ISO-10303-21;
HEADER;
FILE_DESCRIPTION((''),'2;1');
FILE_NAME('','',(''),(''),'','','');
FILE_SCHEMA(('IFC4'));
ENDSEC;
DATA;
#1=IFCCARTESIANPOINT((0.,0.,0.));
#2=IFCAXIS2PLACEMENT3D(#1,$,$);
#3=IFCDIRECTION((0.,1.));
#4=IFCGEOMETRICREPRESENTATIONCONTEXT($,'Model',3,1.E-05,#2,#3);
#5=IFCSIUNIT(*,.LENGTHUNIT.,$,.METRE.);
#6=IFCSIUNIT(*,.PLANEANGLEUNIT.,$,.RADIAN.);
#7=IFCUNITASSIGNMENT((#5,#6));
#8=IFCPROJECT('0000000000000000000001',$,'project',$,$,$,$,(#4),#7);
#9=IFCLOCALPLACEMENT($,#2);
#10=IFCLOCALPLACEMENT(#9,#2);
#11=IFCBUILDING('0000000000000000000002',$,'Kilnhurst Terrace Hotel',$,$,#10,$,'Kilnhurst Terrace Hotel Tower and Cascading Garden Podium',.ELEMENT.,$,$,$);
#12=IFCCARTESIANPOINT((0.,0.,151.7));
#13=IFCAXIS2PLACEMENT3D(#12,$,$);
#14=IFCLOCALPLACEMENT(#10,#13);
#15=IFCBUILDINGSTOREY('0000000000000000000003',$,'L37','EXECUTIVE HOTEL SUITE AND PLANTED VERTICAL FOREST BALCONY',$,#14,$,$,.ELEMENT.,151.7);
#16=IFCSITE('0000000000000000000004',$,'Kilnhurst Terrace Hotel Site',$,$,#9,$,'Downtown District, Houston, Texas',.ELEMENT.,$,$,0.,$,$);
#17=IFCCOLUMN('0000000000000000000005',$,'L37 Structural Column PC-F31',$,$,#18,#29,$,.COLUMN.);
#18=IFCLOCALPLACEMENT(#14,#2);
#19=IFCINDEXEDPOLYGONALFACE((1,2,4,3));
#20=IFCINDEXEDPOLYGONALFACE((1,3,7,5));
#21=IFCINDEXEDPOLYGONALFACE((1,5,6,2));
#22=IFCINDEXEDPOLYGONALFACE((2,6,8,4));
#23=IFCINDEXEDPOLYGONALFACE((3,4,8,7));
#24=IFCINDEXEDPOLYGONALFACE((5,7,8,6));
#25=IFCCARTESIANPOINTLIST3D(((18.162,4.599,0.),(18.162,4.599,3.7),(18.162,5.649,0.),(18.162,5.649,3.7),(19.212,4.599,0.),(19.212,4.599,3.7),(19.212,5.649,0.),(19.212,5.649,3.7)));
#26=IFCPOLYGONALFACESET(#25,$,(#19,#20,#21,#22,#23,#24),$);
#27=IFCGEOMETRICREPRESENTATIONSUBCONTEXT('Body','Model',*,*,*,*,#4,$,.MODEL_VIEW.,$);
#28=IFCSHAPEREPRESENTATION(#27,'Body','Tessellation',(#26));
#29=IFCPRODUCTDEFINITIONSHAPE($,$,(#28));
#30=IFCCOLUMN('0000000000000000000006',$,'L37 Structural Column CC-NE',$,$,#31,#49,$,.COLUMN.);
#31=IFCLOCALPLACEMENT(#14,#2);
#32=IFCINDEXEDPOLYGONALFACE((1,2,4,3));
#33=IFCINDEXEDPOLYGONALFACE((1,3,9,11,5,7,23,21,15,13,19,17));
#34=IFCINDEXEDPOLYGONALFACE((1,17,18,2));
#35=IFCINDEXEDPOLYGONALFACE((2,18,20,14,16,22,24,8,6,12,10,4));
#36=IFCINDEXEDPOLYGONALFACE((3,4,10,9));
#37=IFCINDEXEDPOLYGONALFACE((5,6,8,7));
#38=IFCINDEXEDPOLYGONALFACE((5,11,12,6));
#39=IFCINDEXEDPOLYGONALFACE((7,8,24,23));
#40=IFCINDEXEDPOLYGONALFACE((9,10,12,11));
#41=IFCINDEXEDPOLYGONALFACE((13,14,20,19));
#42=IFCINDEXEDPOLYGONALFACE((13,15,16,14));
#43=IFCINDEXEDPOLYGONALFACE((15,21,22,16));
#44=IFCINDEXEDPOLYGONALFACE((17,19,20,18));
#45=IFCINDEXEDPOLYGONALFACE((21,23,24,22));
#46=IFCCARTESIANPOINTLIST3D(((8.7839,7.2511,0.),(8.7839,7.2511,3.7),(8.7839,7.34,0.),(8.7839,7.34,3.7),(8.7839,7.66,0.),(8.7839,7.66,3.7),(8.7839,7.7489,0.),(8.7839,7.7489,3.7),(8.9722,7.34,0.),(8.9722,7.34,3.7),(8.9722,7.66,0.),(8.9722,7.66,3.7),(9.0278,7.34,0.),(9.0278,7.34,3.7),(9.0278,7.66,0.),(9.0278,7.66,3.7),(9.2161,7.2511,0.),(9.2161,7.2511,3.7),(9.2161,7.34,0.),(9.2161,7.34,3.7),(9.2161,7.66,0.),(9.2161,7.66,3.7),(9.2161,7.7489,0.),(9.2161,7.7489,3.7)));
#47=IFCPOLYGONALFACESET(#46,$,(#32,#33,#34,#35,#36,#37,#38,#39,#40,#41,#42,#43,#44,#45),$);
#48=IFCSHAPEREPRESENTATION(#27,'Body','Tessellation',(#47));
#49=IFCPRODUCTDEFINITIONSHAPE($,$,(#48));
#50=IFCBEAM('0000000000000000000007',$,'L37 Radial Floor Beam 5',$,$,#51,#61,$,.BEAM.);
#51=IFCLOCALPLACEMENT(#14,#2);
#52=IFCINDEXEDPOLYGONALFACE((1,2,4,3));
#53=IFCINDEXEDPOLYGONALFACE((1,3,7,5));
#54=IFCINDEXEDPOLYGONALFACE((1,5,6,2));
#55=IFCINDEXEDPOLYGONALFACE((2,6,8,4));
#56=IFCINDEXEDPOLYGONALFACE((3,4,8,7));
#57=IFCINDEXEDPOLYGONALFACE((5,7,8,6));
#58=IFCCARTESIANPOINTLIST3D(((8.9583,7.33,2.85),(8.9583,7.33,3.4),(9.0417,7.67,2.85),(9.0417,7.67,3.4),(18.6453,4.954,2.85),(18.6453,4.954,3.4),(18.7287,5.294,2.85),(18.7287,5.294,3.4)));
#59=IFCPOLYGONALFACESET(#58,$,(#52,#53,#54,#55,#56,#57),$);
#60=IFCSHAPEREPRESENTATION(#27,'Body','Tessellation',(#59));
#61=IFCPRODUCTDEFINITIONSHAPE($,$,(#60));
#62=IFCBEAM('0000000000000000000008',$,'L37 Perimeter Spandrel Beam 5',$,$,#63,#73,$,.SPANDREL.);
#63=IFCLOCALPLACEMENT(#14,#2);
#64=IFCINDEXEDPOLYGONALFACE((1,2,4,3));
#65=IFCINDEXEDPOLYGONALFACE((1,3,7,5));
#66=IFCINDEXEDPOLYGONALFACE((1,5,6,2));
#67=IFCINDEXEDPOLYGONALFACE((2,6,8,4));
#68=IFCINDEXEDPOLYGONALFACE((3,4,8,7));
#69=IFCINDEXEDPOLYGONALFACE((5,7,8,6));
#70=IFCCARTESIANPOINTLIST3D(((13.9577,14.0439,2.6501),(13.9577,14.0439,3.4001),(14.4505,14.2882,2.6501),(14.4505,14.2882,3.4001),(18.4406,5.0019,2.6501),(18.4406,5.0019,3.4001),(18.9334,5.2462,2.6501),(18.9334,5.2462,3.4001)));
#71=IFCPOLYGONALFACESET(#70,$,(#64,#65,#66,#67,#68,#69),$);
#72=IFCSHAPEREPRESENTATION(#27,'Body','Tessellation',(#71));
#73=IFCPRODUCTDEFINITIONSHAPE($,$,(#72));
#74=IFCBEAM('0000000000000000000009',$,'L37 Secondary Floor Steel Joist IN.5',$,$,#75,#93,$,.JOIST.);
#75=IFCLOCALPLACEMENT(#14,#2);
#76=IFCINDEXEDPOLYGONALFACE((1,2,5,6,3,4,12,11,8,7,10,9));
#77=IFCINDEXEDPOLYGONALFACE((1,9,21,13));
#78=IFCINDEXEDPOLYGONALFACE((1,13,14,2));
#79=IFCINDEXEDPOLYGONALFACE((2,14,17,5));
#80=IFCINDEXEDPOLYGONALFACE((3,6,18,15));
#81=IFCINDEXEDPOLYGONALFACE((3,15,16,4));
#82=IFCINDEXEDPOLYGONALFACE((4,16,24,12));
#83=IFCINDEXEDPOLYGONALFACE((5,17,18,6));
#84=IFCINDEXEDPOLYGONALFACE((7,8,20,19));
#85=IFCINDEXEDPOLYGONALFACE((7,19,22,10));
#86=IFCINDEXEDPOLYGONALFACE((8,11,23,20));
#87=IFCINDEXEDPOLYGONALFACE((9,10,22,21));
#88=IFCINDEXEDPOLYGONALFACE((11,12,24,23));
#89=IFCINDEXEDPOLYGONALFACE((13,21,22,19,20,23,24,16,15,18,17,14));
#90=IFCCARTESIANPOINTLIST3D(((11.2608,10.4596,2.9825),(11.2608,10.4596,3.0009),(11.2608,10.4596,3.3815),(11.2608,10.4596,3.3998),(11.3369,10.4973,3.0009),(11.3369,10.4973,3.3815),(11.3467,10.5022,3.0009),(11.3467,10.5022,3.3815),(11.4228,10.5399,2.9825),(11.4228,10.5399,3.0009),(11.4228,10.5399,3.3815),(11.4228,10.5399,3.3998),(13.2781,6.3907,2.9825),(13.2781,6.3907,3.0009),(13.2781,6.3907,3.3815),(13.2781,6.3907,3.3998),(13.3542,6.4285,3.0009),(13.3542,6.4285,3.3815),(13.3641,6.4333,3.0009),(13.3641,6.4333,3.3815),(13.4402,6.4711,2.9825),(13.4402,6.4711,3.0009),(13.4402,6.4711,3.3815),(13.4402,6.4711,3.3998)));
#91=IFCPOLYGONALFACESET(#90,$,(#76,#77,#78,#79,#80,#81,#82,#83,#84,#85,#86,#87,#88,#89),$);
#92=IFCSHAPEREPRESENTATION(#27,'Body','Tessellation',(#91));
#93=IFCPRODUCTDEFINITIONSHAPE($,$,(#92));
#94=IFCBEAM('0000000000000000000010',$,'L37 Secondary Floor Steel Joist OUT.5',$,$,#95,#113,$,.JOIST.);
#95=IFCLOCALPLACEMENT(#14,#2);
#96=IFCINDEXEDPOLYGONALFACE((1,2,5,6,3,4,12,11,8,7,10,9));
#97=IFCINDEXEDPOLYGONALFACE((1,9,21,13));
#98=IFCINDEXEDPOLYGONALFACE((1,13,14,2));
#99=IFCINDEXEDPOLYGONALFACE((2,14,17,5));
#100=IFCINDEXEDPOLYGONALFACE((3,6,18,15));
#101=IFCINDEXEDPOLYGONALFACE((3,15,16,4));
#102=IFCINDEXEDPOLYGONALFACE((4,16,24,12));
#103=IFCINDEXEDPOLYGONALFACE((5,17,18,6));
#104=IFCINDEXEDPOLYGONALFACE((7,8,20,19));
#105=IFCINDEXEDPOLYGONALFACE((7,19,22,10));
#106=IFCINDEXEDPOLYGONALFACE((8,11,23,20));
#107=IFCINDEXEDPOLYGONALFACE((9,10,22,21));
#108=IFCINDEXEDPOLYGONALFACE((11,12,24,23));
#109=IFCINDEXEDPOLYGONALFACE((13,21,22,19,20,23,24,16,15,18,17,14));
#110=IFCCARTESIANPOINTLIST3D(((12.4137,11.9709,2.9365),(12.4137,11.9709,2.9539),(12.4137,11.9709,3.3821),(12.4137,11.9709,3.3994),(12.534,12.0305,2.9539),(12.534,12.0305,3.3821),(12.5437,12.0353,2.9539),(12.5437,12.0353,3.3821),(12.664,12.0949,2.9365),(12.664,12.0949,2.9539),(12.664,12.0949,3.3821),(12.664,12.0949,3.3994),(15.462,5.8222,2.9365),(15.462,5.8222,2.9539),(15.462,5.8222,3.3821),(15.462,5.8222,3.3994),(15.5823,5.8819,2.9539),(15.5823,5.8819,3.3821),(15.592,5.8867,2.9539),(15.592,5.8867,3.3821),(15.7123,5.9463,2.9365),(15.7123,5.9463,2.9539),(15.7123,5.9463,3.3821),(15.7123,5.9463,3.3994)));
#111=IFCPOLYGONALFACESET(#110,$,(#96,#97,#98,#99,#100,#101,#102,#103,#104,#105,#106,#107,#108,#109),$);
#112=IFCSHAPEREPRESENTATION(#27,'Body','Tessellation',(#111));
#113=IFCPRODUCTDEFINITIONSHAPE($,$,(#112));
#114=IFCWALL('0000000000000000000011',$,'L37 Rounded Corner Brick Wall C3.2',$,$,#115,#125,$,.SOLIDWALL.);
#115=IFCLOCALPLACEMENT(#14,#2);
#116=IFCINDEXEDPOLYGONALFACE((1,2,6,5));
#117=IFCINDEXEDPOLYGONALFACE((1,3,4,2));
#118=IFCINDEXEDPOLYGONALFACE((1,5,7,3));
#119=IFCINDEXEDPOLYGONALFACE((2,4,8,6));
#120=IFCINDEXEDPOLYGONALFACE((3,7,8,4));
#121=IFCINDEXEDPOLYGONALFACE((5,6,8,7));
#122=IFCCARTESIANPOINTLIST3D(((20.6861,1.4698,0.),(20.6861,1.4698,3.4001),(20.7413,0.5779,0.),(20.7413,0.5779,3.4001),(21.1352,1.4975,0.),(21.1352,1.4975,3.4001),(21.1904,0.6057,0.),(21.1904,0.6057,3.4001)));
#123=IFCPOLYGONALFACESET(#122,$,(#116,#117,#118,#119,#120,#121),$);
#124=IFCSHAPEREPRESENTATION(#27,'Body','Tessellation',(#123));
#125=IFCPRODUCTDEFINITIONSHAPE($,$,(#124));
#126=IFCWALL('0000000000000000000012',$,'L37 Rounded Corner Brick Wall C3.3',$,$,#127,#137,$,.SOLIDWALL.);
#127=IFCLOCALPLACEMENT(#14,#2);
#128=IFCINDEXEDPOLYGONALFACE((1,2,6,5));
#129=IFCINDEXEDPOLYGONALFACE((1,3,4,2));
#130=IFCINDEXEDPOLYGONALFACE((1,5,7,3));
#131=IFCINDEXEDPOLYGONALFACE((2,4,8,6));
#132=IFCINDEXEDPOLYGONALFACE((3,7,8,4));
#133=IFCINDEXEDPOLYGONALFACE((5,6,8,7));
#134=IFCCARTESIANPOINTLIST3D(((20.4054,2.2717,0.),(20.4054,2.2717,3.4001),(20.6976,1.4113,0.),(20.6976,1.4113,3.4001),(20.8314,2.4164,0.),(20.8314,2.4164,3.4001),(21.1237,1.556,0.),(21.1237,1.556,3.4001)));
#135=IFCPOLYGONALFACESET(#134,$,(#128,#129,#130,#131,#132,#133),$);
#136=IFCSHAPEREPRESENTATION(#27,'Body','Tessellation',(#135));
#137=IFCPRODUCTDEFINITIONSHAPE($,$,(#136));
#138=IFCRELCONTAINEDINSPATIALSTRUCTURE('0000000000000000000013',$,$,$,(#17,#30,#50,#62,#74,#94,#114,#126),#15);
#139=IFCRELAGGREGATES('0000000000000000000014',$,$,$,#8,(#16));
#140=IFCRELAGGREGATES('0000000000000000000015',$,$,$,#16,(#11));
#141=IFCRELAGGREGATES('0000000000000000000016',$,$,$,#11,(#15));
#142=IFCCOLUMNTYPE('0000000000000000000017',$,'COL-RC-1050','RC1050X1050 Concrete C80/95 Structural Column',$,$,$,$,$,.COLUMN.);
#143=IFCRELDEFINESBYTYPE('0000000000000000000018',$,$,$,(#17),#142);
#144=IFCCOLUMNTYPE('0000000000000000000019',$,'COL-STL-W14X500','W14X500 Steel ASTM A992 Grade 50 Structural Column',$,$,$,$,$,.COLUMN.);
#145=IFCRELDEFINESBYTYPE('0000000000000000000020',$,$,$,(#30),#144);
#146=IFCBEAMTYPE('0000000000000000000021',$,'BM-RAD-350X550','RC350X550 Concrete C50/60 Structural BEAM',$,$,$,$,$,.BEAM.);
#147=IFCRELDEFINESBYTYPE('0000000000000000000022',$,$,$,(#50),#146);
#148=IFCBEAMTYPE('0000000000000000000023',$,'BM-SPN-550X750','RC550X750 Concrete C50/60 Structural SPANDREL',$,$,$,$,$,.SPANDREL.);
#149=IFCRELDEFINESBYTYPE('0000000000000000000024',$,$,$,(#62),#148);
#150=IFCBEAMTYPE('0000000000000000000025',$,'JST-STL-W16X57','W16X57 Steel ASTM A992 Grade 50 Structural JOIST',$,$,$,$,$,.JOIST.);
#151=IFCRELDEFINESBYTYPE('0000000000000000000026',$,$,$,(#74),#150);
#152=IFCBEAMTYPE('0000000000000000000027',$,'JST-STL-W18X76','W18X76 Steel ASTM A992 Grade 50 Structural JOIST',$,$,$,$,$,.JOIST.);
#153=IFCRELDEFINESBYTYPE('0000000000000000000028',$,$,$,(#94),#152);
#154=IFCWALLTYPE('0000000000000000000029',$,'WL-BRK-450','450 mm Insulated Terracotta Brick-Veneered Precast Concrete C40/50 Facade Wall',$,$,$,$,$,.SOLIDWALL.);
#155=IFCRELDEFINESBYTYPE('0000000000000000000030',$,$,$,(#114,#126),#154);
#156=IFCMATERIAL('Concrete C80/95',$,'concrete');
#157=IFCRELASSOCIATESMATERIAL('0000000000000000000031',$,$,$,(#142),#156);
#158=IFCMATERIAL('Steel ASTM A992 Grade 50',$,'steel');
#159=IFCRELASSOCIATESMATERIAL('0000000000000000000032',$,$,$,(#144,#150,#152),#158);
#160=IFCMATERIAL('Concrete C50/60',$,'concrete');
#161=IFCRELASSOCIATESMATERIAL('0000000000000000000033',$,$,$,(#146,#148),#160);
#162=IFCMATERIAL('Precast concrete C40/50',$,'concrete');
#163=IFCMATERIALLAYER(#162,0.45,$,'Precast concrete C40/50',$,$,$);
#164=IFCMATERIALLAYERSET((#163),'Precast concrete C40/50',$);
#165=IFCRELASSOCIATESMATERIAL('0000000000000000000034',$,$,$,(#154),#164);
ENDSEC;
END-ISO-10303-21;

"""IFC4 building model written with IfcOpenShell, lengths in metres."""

from ifc_helpers import new_model, si_unit, direction, frame, frame_2d, origin, origin_2d, place, context, subcontext, project, spatial, rectangle, i_section, extrude, material, layer, layer_set, material_profile, profile_set, type_object, element, save


model = new_model("IFC4")

# Units and contexts
model_context = context("Model", 3, precision=1e-05, world=origin(), true_north=direction((0.0, 1.0)))
body_context = subcontext(model_context, "Body", "Model", "MODEL_VIEW")
ifc_project = project(units=[si_unit("LENGTHUNIT", "METRE"), si_unit("PLANEANGLEUNIT", "RADIAN")], contexts=[model_context])

# Site, building, storey
site_placement = place(None, origin())
site = spatial("IfcSite", under=ifc_project, at=site_placement, Name="Kilnhurst Terrace Hotel Site", LongName="Downtown District, Houston, Texas", CompositionType="ELEMENT", RefElevation=0.0)
building_placement = place(site_placement, origin())
building = spatial("IfcBuilding", under=site, at=building_placement, Name="Kilnhurst Terrace Hotel", LongName="Kilnhurst Terrace Hotel Tower and Cascading Garden Podium", CompositionType="ELEMENT")
storey_placement = place(building_placement, frame((0.0, 0.0, 151.7)))
storey = spatial("IfcBuildingStorey", under=building, at=storey_placement, Name="L37", Description="EXECUTIVE HOTEL SUITE AND PLANTED VERTICAL FOREST BALCONY", CompositionType="ELEMENT", Elevation=151.7)

# Columns
ifc_material_1 = material(Name="Concrete C80/95", Category="concrete")
ifc_material_profile_1 = material_profile(ifc_material_1, rectangle(XDim=1.05, YDim=1.05, at=origin_2d()), Name="RC1050X1050")
ifc_profile_set_1 = profile_set([ifc_material_profile_1], Name="Concrete C80/95")
column_type_1 = type_object("IfcColumnType", Name="COL-RC-1050", Description="RC1050X1050 Concrete C80/95 Structural Column", PredefinedType="COLUMN", material=ifc_profile_set_1)
column_1_placement = place(storey_placement, frame((18.687, 5.124, 0.0), z_axis=(0.0, 0.0, 1.0), x_axis=(1.0, 0.0, 0.0)))
element("IfcColumn", 1, at=column_1_placement, inside=storey, type_object=column_type_1, Name="L37 Structural Column PC-F31", PredefinedType="COLUMN", context=body_context, shape_type="SweptSolid", body=[
    extrude(rectangle(XDim=1.05, YDim=1.05, at=origin_2d()), origin(), (0.0, 0.0, 1.0), 3.7),
])
ifc_material_2 = material(Name="Steel ASTM A992 Grade 50", Category="steel")
ifc_material_profile_2 = material_profile(ifc_material_2, i_section(OverallWidth=0.4321, OverallDepth=0.4978, WebThickness=0.0557, FlangeThickness=0.0889, at=origin_2d()), Name="W14X500")
ifc_profile_set_2 = profile_set([ifc_material_profile_2], Name="Steel ASTM A992 Grade 50")
column_type_2 = type_object("IfcColumnType", Name="COL-STL-W14X500", Description="W14X500 Steel ASTM A992 Grade 50 Structural Column", PredefinedType="COLUMN", material=ifc_profile_set_2)
column_2_placement = place(storey_placement, frame((9.0, 7.5, 0.0), z_axis=(0.0, 0.0, 1.0), x_axis=(1.0, 0.0, 0.0)))
element("IfcColumn", 2, at=column_2_placement, inside=storey, type_object=column_type_2, Name="L37 Structural Column CC-NE", PredefinedType="COLUMN", context=body_context, shape_type="SweptSolid", body=[
    extrude(i_section(OverallWidth=0.4321, OverallDepth=0.4978, WebThickness=0.0557, FlangeThickness=0.0889, at=origin_2d()), origin(), (0.0, 0.0, 1.0), 3.7),
])

# Beams
ifc_material_3 = material(Name="Concrete C50/60", Category="concrete")
ifc_material_profile_3 = material_profile(ifc_material_3, rectangle(XDim=0.3501, YDim=0.55, at=origin_2d()), Name="RC350X550")
ifc_profile_set_3 = profile_set([ifc_material_profile_3], Name="Concrete C50/60")
beam_type_1 = type_object("IfcBeamType", Name="BM-RAD-350X550", Description="RC350X550 Concrete C50/60 Structural BEAM", PredefinedType="BEAM", material=ifc_profile_set_3)
beam_1_placement = place(storey_placement, frame((9.0, 7.5, 3.125), z_axis=(0.971213, -0.238214, 0.0), x_axis=(0.238214, 0.971213, 0.0)))
element("IfcBeam", 3, at=beam_1_placement, inside=storey, type_object=beam_type_1, Name="L37 Radial Floor Beam 5", PredefinedType="BEAM", context=body_context, shape_type="SweptSolid", body=[
    extrude(rectangle(XDim=0.3501, YDim=0.55, at=origin_2d()), origin(), (0.0, 0.0, 1.0), 9.9741),
])
ifc_material_profile_4 = material_profile(ifc_material_3, rectangle(XDim=0.55, YDim=0.75, at=origin_2d()), Name="RC550X750")
ifc_profile_set_4 = profile_set([ifc_material_profile_4], Name="Concrete C50/60")
beam_type_2 = type_object("IfcBeamType", Name="BM-SPN-550X750", Description="RC550X750 Concrete C50/60 Structural SPANDREL", PredefinedType="SPANDREL", material=ifc_profile_set_4)
beam_2_placement = place(storey_placement, frame((18.687, 5.124, 3.0251), z_axis=(-0.444192, 0.895932, 0.0), x_axis=(-0.895932, -0.444192, 0.0)))
element("IfcBeam", 4, at=beam_2_placement, inside=storey, type_object=beam_type_2, Name="L37 Perimeter Spandrel Beam 5", PredefinedType="SPANDREL", context=body_context, shape_type="SweptSolid", body=[
    extrude(rectangle(XDim=0.55, YDim=0.75, at=origin_2d()), origin(), (0.0, 0.0, 1.0), 10.0923),
])
ifc_material_profile_5 = material_profile(ifc_material_2, i_section(OverallWidth=0.1809, OverallDepth=0.4172, WebThickness=0.011, FlangeThickness=0.0183, at=origin_2d()), Name="W16X57")
ifc_profile_set_5 = profile_set([ifc_material_profile_5], Name="Steel ASTM A992 Grade 50")
beam_type_3 = type_object("IfcBeamType", Name="JST-STL-W16X57", Description="W16X57 Steel ASTM A992 Grade 50 Structural JOIST", PredefinedType="JOIST", material=ifc_profile_set_5)
beam_3_placement = place(storey_placement, frame((13.3591, 6.4309, 3.1912), z_axis=(-0.444201, 0.895927, 0.0), x_axis=(-0.895927, -0.444201, 0.0)))
element("IfcBeam", 5, at=beam_3_placement, inside=storey, type_object=beam_type_3, Name="L37 Secondary Floor Steel Joist IN.5", PredefinedType="JOIST", context=body_context, shape_type="SweptSolid", body=[
    extrude(i_section(OverallWidth=0.1809, OverallDepth=0.4172, WebThickness=0.011, FlangeThickness=0.0183, at=origin_2d()), origin(), (0.0, 0.0, 1.0), 4.5415),
])
ifc_material_profile_6 = material_profile(ifc_material_2, i_section(OverallWidth=0.2793, OverallDepth=0.4629, WebThickness=0.0107, FlangeThickness=0.0173, at=origin_2d()), Name="W18X76")
ifc_profile_set_6 = profile_set([ifc_material_profile_6], Name="Steel ASTM A992 Grade 50")
beam_type_4 = type_object("IfcBeamType", Name="JST-STL-W18X76", Description="W18X76 Steel ASTM A992 Grade 50 Structural JOIST", PredefinedType="JOIST", material=ifc_profile_set_6)
beam_4_placement = place(storey_placement, frame((15.5872, 5.8843, 3.168), z_axis=(-0.44418, 0.895938, 0.0), x_axis=(-0.895938, -0.44418, 0.0)))
element("IfcBeam", 6, at=beam_4_placement, inside=storey, type_object=beam_type_4, Name="L37 Secondary Floor Steel Joist OUT.5", PredefinedType="JOIST", context=body_context, shape_type="SweptSolid", body=[
    extrude(i_section(OverallWidth=0.2793, OverallDepth=0.4629, WebThickness=0.0107, FlangeThickness=0.0173, at=origin_2d()), origin(), (0.0, 0.0, 1.0), 6.8628),
])

# Walls
ifc_material_4 = material(Name="Precast concrete C40/50", Category="concrete")
ifc_layer_1 = layer(ifc_material_4, 0.45, Name="Precast concrete C40/50")
ifc_layer_set_1 = layer_set([ifc_layer_1], Name="Precast concrete C40/50")
wall_type_1 = type_object("IfcWallType", Name="WL-BRK-450", Description="450 mm Insulated Terracotta Brick-Veneered Precast Concrete C40/50 Facade Wall", PredefinedType="SOLIDWALL", material=ifc_layer_set_1)
wall_1_placement = place(storey_placement, frame((20.9658, 0.5918, 0.0), z_axis=(0.0, 0.0, 1.0), x_axis=(-0.061749, 0.998092, 0.0)))
element("IfcWall", 7, at=wall_1_placement, inside=storey, type_object=wall_type_1, Name="L37 Rounded Corner Brick Wall C3.2", PredefinedType="SOLIDWALL", context=body_context, shape_type="SweptSolid", body=[
    extrude(rectangle(XDim=0.8936, YDim=0.45, at=frame_2d((0.4468, 0.0))), origin(), (0.0, 0.0, 1.0), 3.4001),
])
wall_2_placement = place(storey_placement, frame((20.9106, 1.4836, 0.0), z_axis=(0.0, 0.0, 1.0), x_axis=(-0.321623, 0.946868, 0.0)))
element("IfcWall", 8, at=wall_2_placement, inside=storey, type_object=wall_type_1, Name="L37 Rounded Corner Brick Wall C3.3", PredefinedType="SOLIDWALL", context=body_context, shape_type="SweptSolid", body=[
    extrude(rectangle(XDim=0.9087, YDim=0.45, at=frame_2d((0.4543, 0.0))), origin(), (0.0, 0.0, 1.0), 3.4001),
])

save(model, "model.ifc")
